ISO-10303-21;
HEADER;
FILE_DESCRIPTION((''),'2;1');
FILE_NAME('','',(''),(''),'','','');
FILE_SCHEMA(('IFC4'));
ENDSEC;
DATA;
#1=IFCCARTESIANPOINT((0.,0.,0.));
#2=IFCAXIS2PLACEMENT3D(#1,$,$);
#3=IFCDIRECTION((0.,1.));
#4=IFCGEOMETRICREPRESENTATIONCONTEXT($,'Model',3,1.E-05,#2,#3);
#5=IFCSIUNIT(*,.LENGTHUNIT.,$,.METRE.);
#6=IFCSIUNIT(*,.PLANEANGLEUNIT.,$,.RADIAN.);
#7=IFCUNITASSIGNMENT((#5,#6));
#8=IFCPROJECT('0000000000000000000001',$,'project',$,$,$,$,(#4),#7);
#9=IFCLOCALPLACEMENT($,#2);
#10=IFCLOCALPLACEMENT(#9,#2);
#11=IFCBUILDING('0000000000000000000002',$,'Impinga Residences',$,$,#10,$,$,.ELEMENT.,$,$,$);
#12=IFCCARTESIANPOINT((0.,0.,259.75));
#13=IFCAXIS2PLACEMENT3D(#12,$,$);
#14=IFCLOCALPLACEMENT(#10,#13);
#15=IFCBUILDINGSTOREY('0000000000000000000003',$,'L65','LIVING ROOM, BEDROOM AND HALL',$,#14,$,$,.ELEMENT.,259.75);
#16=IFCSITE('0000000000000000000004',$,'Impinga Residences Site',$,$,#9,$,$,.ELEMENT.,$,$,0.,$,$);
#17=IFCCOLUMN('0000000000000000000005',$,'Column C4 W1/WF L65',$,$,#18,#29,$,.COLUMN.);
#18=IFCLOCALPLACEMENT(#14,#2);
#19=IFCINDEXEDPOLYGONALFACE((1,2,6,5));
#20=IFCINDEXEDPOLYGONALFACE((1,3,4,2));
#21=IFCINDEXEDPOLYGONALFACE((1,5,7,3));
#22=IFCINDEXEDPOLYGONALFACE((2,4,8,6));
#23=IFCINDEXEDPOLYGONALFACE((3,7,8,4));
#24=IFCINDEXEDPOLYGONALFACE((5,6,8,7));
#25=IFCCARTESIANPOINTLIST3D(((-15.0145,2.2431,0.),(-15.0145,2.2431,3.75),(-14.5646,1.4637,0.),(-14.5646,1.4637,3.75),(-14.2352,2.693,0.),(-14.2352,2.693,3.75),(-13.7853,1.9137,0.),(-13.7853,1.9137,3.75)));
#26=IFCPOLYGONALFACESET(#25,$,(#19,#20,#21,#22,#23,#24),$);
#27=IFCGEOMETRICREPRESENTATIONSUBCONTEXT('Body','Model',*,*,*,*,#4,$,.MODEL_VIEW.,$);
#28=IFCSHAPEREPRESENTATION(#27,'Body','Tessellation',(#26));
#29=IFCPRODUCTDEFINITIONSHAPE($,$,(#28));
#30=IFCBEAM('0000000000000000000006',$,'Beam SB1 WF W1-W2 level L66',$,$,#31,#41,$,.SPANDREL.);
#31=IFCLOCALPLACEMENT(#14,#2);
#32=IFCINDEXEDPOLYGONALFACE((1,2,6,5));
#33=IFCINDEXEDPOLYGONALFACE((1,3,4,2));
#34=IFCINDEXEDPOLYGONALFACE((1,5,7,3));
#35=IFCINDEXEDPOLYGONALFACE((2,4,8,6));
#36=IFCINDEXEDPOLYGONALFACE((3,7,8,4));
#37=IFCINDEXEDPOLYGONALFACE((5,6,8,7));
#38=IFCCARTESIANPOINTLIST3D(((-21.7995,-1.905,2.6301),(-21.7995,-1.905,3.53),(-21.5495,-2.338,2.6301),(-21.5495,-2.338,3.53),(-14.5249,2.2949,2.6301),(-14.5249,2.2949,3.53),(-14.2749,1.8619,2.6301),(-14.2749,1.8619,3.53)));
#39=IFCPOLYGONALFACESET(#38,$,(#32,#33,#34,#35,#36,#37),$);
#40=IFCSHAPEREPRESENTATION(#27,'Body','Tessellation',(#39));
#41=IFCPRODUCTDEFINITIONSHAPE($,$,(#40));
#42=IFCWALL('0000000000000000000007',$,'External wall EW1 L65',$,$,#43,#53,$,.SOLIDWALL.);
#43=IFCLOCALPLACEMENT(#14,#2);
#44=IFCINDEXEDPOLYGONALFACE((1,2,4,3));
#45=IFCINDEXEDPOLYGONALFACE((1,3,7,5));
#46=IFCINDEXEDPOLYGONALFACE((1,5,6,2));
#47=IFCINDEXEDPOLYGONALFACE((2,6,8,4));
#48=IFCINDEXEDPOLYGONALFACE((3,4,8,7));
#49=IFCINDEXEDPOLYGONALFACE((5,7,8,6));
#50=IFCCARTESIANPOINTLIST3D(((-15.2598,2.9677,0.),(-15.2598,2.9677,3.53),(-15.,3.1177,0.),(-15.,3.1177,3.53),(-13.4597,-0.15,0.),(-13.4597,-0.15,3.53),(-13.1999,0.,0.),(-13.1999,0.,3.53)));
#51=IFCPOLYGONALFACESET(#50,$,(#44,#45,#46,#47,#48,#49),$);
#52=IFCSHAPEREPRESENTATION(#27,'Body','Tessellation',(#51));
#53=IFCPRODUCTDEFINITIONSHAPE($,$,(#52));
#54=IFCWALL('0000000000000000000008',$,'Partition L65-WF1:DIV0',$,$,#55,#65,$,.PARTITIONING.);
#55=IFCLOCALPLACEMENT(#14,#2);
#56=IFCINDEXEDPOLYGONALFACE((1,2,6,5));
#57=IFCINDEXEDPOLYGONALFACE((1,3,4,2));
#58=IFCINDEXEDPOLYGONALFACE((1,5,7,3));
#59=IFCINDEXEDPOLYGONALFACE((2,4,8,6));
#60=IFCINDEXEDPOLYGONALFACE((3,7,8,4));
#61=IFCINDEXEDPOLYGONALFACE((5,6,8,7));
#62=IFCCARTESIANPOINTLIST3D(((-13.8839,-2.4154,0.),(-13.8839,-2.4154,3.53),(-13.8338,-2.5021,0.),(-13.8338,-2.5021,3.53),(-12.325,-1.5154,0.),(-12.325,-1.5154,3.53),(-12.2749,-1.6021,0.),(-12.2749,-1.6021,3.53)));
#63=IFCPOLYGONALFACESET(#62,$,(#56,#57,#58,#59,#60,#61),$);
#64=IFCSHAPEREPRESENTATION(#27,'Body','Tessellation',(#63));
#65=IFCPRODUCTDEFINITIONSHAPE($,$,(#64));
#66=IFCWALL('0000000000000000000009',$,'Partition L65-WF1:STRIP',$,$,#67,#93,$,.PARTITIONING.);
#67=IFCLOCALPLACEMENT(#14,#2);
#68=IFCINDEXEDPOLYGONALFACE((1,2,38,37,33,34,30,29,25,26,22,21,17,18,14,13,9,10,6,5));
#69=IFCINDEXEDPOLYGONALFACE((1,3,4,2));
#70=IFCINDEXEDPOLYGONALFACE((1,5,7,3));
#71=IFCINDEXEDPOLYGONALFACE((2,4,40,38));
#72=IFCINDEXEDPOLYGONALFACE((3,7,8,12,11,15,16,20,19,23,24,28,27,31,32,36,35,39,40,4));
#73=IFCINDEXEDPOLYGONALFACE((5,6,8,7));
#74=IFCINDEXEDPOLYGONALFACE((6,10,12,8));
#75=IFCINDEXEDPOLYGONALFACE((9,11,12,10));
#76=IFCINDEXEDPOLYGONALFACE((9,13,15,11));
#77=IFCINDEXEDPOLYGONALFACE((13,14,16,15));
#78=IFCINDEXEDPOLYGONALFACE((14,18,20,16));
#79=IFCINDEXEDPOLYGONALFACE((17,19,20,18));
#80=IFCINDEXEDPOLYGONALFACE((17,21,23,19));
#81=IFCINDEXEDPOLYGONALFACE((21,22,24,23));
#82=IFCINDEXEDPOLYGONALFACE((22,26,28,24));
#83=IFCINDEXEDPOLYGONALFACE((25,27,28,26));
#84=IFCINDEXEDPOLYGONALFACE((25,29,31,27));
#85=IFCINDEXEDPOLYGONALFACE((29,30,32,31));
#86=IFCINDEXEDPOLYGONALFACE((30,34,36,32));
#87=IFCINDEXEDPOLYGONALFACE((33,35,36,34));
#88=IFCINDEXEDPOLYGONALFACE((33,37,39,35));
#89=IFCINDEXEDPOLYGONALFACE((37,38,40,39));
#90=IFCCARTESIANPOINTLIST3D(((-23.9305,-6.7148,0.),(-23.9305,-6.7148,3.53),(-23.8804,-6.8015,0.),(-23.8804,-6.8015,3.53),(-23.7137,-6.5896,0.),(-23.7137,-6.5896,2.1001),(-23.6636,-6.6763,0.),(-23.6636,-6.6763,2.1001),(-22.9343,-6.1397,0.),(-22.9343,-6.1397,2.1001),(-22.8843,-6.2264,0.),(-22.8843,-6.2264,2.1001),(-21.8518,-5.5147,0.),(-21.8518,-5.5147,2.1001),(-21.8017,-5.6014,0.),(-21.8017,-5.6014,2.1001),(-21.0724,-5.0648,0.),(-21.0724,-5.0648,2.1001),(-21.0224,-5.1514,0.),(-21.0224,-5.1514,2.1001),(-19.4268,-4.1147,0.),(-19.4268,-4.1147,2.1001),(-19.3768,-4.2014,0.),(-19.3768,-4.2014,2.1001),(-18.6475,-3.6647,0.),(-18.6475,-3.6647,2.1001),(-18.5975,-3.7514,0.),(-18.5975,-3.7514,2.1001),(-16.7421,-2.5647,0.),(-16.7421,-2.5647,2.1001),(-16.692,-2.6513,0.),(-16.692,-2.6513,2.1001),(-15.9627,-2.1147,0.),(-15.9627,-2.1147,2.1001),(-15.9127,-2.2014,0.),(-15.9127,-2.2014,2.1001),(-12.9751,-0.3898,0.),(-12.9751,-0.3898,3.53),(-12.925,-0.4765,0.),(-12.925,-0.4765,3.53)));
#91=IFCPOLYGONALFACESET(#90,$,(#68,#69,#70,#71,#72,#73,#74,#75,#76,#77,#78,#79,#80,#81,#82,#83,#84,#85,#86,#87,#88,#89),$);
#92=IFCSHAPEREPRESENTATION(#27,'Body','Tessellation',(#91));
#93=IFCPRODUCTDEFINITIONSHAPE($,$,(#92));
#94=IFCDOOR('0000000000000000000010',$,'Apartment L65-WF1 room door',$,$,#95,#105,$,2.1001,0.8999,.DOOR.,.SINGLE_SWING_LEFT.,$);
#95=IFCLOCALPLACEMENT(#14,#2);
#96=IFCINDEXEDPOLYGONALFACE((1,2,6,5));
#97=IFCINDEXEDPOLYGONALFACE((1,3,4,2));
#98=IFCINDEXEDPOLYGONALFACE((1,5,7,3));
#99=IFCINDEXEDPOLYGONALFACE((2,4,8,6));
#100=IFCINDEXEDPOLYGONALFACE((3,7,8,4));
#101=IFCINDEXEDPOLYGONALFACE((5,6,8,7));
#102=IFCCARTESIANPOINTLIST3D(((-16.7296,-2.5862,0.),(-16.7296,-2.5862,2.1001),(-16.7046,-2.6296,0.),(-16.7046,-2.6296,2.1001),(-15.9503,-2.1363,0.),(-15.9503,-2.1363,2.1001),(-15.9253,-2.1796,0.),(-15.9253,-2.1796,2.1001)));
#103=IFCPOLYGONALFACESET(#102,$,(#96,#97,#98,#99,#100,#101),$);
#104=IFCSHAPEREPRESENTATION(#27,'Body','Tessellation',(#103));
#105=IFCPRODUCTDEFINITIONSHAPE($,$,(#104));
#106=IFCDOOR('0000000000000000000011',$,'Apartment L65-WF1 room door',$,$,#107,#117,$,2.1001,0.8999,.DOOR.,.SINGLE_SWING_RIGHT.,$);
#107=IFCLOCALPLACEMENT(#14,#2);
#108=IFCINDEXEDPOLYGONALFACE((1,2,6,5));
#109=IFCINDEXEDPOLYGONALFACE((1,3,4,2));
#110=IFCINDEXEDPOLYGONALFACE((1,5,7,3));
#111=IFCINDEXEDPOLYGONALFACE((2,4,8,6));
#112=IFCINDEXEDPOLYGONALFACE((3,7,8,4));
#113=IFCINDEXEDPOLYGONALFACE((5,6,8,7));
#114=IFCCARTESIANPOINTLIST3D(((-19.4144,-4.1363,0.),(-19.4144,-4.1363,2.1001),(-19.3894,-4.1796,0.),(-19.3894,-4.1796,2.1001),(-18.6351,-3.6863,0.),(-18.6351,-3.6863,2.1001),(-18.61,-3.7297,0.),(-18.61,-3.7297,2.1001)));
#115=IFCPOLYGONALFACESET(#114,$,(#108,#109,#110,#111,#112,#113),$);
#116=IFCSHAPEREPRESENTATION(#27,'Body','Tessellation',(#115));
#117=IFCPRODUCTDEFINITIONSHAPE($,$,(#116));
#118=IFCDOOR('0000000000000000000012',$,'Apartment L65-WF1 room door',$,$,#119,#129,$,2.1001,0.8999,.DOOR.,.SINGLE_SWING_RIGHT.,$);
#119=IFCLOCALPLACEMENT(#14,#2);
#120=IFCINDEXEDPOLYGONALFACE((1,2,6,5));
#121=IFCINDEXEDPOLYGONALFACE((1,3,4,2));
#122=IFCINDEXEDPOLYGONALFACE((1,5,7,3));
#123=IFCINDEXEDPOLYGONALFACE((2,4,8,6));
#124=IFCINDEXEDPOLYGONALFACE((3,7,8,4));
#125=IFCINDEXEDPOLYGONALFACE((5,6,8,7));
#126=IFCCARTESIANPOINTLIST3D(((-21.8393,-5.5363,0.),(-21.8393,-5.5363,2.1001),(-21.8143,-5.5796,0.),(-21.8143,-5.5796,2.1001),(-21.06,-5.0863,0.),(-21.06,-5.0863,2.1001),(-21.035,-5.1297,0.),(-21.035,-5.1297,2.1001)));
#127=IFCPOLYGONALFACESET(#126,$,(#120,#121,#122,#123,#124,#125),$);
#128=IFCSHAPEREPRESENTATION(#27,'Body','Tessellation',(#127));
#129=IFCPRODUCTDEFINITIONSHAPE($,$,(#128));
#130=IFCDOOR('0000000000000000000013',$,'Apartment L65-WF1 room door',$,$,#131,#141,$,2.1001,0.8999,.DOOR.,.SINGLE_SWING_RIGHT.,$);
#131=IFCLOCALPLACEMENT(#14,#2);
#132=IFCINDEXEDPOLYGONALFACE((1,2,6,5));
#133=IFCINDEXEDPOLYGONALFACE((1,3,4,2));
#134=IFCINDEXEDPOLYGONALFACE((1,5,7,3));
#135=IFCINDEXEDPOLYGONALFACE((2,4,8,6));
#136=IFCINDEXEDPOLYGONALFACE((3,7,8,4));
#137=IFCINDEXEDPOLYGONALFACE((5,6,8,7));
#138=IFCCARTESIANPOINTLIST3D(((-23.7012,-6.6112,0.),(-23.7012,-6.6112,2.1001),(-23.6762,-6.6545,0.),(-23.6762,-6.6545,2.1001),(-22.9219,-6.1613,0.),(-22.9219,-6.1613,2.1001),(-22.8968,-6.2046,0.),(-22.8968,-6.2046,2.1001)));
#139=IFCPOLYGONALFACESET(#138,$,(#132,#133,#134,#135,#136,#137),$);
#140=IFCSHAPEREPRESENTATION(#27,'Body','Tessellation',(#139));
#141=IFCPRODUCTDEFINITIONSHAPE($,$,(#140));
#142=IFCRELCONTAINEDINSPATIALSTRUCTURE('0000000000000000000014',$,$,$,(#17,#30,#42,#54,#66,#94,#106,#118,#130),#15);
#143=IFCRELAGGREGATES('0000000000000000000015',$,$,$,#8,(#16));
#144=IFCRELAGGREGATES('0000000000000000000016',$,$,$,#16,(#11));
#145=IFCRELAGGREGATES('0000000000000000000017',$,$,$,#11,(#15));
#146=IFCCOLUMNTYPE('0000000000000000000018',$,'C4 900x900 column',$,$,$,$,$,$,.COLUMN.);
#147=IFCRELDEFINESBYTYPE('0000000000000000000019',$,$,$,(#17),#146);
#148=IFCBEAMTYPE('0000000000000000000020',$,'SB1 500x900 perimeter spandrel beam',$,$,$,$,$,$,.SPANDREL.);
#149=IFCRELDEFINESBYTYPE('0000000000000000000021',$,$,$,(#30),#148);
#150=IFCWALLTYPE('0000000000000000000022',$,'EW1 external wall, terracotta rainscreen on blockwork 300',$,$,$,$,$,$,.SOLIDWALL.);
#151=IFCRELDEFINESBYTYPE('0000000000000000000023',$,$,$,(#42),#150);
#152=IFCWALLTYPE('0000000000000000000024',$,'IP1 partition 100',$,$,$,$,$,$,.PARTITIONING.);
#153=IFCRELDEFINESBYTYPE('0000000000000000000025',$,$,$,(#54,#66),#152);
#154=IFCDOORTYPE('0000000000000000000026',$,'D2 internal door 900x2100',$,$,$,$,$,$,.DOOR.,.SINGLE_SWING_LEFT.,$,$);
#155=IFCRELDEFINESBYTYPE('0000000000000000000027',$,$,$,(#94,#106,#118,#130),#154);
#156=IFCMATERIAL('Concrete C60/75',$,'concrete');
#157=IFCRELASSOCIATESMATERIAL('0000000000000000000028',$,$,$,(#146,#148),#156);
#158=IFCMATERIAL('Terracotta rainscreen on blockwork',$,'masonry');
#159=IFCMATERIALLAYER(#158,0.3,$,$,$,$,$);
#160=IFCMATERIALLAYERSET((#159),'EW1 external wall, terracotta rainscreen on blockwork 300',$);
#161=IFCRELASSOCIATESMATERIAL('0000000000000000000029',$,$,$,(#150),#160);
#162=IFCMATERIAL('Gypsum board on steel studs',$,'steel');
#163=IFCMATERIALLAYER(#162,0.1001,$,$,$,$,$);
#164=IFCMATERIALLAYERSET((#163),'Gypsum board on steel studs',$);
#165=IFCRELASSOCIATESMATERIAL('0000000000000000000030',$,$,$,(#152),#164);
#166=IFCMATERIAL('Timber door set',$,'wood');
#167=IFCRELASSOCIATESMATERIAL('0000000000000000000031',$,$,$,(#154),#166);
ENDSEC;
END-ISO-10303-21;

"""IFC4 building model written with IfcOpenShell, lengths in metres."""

from ifc_helpers import new_model, si_unit, direction, frame, frame_2d, origin, origin_2d, place, context, subcontext, project, spatial, rectangle, extrude, material, layer, layer_set, material_profile, profile_set, type_object, element, fill, save


model = new_model("IFC4")

# Units and contexts
model_context = context("Model", 3, precision=1e-05, world=origin(), true_north=direction((0.0, 1.0)))
body_context = subcontext(model_context, "Body", "Model", "MODEL_VIEW")
ifc_project = project(units=[si_unit("LENGTHUNIT", "METRE"), si_unit("PLANEANGLEUNIT", "RADIAN")], contexts=[model_context])

# Site, building, storey
site_placement = place(None, origin())
site = spatial("IfcSite", under=ifc_project, at=site_placement, Name="Impinga Residences Site", CompositionType="ELEMENT", RefElevation=0.0)
building_placement = place(site_placement, origin())
building = spatial("IfcBuilding", under=site, at=building_placement, Name="Impinga Residences", CompositionType="ELEMENT")
storey_placement = place(building_placement, frame((0.0, 0.0, 259.75)))
storey = spatial("IfcBuildingStorey", under=building, at=storey_placement, Name="L65", Description="LIVING ROOM, BEDROOM AND HALL", CompositionType="ELEMENT", Elevation=259.75)

# Column
ifc_material_1 = material(Name="Concrete C60/75", Category="concrete")
ifc_material_profile_1 = material_profile(ifc_material_1, rectangle(XDim=0.8999, YDim=0.8999, at=origin_2d()), Name="RC 900x900")
ifc_profile_set_1 = profile_set([ifc_material_profile_1], Name="Concrete C60/75")
column_type = type_object("IfcColumnType", Name="C4 900x900 column", PredefinedType="COLUMN", material=ifc_profile_set_1)
column_placement = place(storey_placement, frame((-14.3999, 2.0784, 0.0), z_axis=(0.0, 0.0, 1.0), x_axis=(-0.5, 0.866025, 0.0)))
element("IfcColumn", 1, at=column_placement, inside=storey, type_object=column_type, Name="Column C4 W1/WF L65", PredefinedType="COLUMN", context=body_context, shape_type="SweptSolid", body=[
    extrude(rectangle(XDim=0.8999, YDim=0.8999, at=origin_2d()), origin(), (0.0, 0.0, 1.0), 3.75),
])

# Beam
ifc_material_profile_2 = material_profile(ifc_material_1, rectangle(XDim=0.5, YDim=0.8999, at=origin_2d()), Name="RC 500x900")
ifc_profile_set_2 = profile_set([ifc_material_profile_2], Name="Concrete C60/75")
beam_type = type_object("IfcBeamType", Name="SB1 500x900 perimeter spandrel beam", PredefinedType="SPANDREL", material=ifc_profile_set_2)
beam_placement = place(storey_placement, frame((-14.3999, 2.0784, 3.0801), z_axis=(-0.866029, -0.499993, 0.0), x_axis=(0.499993, -0.866029, 0.0)))
element("IfcBeam", 2, at=beam_placement, inside=storey, type_object=beam_type, Name="Beam SB1 WF W1-W2 level L66", PredefinedType="SPANDREL", context=body_context, shape_type="SweptSolid", body=[
    extrude(rectangle(XDim=0.5, YDim=0.8999, at=origin_2d()), origin(), (0.0, 0.0, 1.0), 8.3999),
])

# Walls
ifc_material_2 = material(Name="Terracotta rainscreen on blockwork", Category="masonry")
ifc_layer_1 = layer(ifc_material_2, 0.3)
ifc_layer_set_1 = layer_set([ifc_layer_1], Name="EW1 external wall, terracotta rainscreen on blockwork 300")
wall_type_1 = type_object("IfcWallType", Name="EW1 external wall, terracotta rainscreen on blockwork 300", PredefinedType="SOLIDWALL", material=ifc_layer_set_1)
wall_1_placement = place(storey_placement, frame((-15.1299, 3.0427, 0.0), z_axis=(0.0, 0.0, 1.0), x_axis=(0.500012, -0.866018, 0.0)))
element("IfcWall", 3, at=wall_1_placement, inside=storey, type_object=wall_type_1, Name="External wall EW1 L65", PredefinedType="SOLIDWALL", context=body_context, shape_type="SweptSolid", body=[
    extrude(rectangle(XDim=3.6001, YDim=0.3, at=frame_2d((1.8, 0.0))), origin(), (0.0, 0.0, 1.0), 3.53),
])
ifc_material_3 = material(Name="Gypsum board on steel studs", Category="steel")
ifc_layer_2 = layer(ifc_material_3, 0.1001)
ifc_layer_set_2 = layer_set([ifc_layer_2], Name="Gypsum board on steel studs")
wall_type_2 = type_object("IfcWallType", Name="IP1 partition 100", PredefinedType="PARTITIONING", material=ifc_layer_set_2)
wall_2_placement = place(storey_placement, frame((-12.3, -1.5588, 0.0), z_axis=(0.0, 0.0, 1.0), x_axis=(-0.866048, -0.499961, 0.0)))
element("IfcWall", 4, at=wall_2_placement, inside=storey, type_object=wall_type_2, Name="Partition L65-WF1:DIV0", PredefinedType="PARTITIONING", context=body_context, shape_type="SweptSolid", body=[
    extrude(rectangle(XDim=1.8, YDim=0.1001, at=frame_2d((0.8999, 0.0))), origin(), (0.0, 0.0, 1.0), 3.53),
])

# Wall, openings, doors
wall_3_placement = place(storey_placement, frame((-12.95, -0.4331, 0.0), z_axis=(0.0, 0.0, 1.0), x_axis=(-0.866029, -0.499994, 0.0)))
wall_3 = element("IfcWall", 5, at=wall_3_placement, inside=storey, type_object=wall_type_2, Name="Partition L65-WF1:STRIP", PredefinedType="PARTITIONING", context=body_context, shape_type="SweptSolid", body=[
    extrude(rectangle(XDim=12.6501, YDim=0.1001, at=frame_2d((6.3252, 0.0))), origin(), (0.0, 0.0, 1.0), 3.53),
])
opening_1_placement = place(wall_3_placement, frame((3.45, 0.0, 0.0)))
opening_1 = element("IfcOpeningElement", 6, at=opening_1_placement, cuts=wall_3, PredefinedType="OPENING", context=body_context, shape_type="SweptSolid", body=[
    extrude(rectangle(XDim=0.8999, YDim=2.1001, at=frame_2d((0.45, 1.05))), frame((0.0, 0.0601, 0.0), z_axis=(0.0, -1.0, 0.0), x_axis=(1.0, 0.0, 0.0)), (0.0, 0.0, 1.0), 0.1201),
])
opening_2_placement = place(wall_3_placement, frame((6.55, 0.0, 0.0)))
opening_2 = element("IfcOpeningElement", 7, at=opening_2_placement, cuts=wall_3, PredefinedType="OPENING", context=body_context, shape_type="SweptSolid", body=[
    extrude(rectangle(XDim=0.8999, YDim=2.1001, at=frame_2d((0.45, 1.05))), frame((0.0, 0.0601, 0.0), z_axis=(0.0, -1.0, 0.0), x_axis=(1.0, 0.0, 0.0)), (0.0, 0.0, 1.0), 0.1201),
])
opening_3_placement = place(wall_3_placement, frame((9.3501, 0.0, 0.0)))
opening_3 = element("IfcOpeningElement", 8, at=opening_3_placement, cuts=wall_3, PredefinedType="OPENING", context=body_context, shape_type="SweptSolid", body=[
    extrude(rectangle(XDim=0.8999, YDim=2.1001, at=frame_2d((0.45, 1.05))), frame((0.0, 0.0601, 0.0), z_axis=(0.0, -1.0, 0.0), x_axis=(1.0, 0.0, 0.0)), (0.0, 0.0, 1.0), 0.1201),
])
opening_4_placement = place(wall_3_placement, frame((11.5, 0.0, 0.0)))
opening_4 = element("IfcOpeningElement", 9, at=opening_4_placement, cuts=wall_3, PredefinedType="OPENING", context=body_context, shape_type="SweptSolid", body=[
    extrude(rectangle(XDim=0.8999, YDim=2.1001, at=frame_2d((0.45, 1.05))), frame((0.0, 0.0601, 0.0), z_axis=(0.0, -1.0, 0.0), x_axis=(1.0, 0.0, 0.0)), (0.0, 0.0, 1.0), 0.1201),
])
ifc_material_4 = material(Name="Timber door set", Category="wood")
door_type_1 = type_object("IfcDoorType", Name="D2 internal door 900x2100", OperationType="SINGLE_SWING_LEFT", PredefinedType="DOOR", material=ifc_material_4)
door_1_placement = place(opening_1_placement, origin())
door_1 = element("IfcDoor", 10, at=door_1_placement, inside=storey, type_object=door_type_1, Name="Apartment L65-WF1 room door", OperationType="SINGLE_SWING_LEFT", OverallHeight=2.1001, OverallWidth=0.8999, PredefinedType="DOOR", context=body_context, shape_type="SweptSolid", body=[
    extrude(rectangle(XDim=0.8999, YDim=2.1001, at=frame_2d((0.45, 1.05))), frame((0.0, 0.0249, 0.0), z_axis=(0.0, -1.0, 0.0), x_axis=(1.0, 0.0, 0.0)), (0.0, 0.0, 1.0), 0.05),
])
fill(opening_1, door_1)
door_2_placement = place(opening_2_placement, origin())
door_2 = element("IfcDoor", 11, at=door_2_placement, inside=storey, type_object=door_type_1, Name="Apartment L65-WF1 room door", OperationType="SINGLE_SWING_RIGHT", OverallHeight=2.1001, OverallWidth=0.8999, PredefinedType="DOOR", context=body_context, shape_type="SweptSolid", body=[
    extrude(rectangle(XDim=0.8999, YDim=2.1001, at=frame_2d((0.45, 1.05))), frame((0.0, 0.0249, 0.0), z_axis=(0.0, -1.0, 0.0), x_axis=(1.0, 0.0, 0.0)), (0.0, 0.0, 1.0), 0.05),
])
fill(opening_2, door_2)
door_3_placement = place(opening_3_placement, origin())
door_3 = element("IfcDoor", 12, at=door_3_placement, inside=storey, type_object=door_type_1, Name="Apartment L65-WF1 room door", OperationType="SINGLE_SWING_RIGHT", OverallHeight=2.1001, OverallWidth=0.8999, PredefinedType="DOOR", context=body_context, shape_type="SweptSolid", body=[
    extrude(rectangle(XDim=0.8999, YDim=2.1001, at=frame_2d((0.45, 1.05))), frame((0.0, 0.0249, 0.0), z_axis=(0.0, -1.0, 0.0), x_axis=(1.0, 0.0, 0.0)), (0.0, 0.0, 1.0), 0.05),
])
fill(opening_3, door_3)
door_4_placement = place(opening_4_placement, origin())
door_4 = element("IfcDoor", 13, at=door_4_placement, inside=storey, type_object=door_type_1, Name="Apartment L65-WF1 room door", OperationType="SINGLE_SWING_RIGHT", OverallHeight=2.1001, OverallWidth=0.8999, PredefinedType="DOOR", context=body_context, shape_type="SweptSolid", body=[
    extrude(rectangle(XDim=0.8999, YDim=2.1001, at=frame_2d((0.45, 1.05))), frame((0.0, 0.0249, 0.0), z_axis=(0.0, -1.0, 0.0), x_axis=(1.0, 0.0, 0.0)), (0.0, 0.0, 1.0), 0.05),
])
fill(opening_4, door_4)

save(model, "model.ifc")
